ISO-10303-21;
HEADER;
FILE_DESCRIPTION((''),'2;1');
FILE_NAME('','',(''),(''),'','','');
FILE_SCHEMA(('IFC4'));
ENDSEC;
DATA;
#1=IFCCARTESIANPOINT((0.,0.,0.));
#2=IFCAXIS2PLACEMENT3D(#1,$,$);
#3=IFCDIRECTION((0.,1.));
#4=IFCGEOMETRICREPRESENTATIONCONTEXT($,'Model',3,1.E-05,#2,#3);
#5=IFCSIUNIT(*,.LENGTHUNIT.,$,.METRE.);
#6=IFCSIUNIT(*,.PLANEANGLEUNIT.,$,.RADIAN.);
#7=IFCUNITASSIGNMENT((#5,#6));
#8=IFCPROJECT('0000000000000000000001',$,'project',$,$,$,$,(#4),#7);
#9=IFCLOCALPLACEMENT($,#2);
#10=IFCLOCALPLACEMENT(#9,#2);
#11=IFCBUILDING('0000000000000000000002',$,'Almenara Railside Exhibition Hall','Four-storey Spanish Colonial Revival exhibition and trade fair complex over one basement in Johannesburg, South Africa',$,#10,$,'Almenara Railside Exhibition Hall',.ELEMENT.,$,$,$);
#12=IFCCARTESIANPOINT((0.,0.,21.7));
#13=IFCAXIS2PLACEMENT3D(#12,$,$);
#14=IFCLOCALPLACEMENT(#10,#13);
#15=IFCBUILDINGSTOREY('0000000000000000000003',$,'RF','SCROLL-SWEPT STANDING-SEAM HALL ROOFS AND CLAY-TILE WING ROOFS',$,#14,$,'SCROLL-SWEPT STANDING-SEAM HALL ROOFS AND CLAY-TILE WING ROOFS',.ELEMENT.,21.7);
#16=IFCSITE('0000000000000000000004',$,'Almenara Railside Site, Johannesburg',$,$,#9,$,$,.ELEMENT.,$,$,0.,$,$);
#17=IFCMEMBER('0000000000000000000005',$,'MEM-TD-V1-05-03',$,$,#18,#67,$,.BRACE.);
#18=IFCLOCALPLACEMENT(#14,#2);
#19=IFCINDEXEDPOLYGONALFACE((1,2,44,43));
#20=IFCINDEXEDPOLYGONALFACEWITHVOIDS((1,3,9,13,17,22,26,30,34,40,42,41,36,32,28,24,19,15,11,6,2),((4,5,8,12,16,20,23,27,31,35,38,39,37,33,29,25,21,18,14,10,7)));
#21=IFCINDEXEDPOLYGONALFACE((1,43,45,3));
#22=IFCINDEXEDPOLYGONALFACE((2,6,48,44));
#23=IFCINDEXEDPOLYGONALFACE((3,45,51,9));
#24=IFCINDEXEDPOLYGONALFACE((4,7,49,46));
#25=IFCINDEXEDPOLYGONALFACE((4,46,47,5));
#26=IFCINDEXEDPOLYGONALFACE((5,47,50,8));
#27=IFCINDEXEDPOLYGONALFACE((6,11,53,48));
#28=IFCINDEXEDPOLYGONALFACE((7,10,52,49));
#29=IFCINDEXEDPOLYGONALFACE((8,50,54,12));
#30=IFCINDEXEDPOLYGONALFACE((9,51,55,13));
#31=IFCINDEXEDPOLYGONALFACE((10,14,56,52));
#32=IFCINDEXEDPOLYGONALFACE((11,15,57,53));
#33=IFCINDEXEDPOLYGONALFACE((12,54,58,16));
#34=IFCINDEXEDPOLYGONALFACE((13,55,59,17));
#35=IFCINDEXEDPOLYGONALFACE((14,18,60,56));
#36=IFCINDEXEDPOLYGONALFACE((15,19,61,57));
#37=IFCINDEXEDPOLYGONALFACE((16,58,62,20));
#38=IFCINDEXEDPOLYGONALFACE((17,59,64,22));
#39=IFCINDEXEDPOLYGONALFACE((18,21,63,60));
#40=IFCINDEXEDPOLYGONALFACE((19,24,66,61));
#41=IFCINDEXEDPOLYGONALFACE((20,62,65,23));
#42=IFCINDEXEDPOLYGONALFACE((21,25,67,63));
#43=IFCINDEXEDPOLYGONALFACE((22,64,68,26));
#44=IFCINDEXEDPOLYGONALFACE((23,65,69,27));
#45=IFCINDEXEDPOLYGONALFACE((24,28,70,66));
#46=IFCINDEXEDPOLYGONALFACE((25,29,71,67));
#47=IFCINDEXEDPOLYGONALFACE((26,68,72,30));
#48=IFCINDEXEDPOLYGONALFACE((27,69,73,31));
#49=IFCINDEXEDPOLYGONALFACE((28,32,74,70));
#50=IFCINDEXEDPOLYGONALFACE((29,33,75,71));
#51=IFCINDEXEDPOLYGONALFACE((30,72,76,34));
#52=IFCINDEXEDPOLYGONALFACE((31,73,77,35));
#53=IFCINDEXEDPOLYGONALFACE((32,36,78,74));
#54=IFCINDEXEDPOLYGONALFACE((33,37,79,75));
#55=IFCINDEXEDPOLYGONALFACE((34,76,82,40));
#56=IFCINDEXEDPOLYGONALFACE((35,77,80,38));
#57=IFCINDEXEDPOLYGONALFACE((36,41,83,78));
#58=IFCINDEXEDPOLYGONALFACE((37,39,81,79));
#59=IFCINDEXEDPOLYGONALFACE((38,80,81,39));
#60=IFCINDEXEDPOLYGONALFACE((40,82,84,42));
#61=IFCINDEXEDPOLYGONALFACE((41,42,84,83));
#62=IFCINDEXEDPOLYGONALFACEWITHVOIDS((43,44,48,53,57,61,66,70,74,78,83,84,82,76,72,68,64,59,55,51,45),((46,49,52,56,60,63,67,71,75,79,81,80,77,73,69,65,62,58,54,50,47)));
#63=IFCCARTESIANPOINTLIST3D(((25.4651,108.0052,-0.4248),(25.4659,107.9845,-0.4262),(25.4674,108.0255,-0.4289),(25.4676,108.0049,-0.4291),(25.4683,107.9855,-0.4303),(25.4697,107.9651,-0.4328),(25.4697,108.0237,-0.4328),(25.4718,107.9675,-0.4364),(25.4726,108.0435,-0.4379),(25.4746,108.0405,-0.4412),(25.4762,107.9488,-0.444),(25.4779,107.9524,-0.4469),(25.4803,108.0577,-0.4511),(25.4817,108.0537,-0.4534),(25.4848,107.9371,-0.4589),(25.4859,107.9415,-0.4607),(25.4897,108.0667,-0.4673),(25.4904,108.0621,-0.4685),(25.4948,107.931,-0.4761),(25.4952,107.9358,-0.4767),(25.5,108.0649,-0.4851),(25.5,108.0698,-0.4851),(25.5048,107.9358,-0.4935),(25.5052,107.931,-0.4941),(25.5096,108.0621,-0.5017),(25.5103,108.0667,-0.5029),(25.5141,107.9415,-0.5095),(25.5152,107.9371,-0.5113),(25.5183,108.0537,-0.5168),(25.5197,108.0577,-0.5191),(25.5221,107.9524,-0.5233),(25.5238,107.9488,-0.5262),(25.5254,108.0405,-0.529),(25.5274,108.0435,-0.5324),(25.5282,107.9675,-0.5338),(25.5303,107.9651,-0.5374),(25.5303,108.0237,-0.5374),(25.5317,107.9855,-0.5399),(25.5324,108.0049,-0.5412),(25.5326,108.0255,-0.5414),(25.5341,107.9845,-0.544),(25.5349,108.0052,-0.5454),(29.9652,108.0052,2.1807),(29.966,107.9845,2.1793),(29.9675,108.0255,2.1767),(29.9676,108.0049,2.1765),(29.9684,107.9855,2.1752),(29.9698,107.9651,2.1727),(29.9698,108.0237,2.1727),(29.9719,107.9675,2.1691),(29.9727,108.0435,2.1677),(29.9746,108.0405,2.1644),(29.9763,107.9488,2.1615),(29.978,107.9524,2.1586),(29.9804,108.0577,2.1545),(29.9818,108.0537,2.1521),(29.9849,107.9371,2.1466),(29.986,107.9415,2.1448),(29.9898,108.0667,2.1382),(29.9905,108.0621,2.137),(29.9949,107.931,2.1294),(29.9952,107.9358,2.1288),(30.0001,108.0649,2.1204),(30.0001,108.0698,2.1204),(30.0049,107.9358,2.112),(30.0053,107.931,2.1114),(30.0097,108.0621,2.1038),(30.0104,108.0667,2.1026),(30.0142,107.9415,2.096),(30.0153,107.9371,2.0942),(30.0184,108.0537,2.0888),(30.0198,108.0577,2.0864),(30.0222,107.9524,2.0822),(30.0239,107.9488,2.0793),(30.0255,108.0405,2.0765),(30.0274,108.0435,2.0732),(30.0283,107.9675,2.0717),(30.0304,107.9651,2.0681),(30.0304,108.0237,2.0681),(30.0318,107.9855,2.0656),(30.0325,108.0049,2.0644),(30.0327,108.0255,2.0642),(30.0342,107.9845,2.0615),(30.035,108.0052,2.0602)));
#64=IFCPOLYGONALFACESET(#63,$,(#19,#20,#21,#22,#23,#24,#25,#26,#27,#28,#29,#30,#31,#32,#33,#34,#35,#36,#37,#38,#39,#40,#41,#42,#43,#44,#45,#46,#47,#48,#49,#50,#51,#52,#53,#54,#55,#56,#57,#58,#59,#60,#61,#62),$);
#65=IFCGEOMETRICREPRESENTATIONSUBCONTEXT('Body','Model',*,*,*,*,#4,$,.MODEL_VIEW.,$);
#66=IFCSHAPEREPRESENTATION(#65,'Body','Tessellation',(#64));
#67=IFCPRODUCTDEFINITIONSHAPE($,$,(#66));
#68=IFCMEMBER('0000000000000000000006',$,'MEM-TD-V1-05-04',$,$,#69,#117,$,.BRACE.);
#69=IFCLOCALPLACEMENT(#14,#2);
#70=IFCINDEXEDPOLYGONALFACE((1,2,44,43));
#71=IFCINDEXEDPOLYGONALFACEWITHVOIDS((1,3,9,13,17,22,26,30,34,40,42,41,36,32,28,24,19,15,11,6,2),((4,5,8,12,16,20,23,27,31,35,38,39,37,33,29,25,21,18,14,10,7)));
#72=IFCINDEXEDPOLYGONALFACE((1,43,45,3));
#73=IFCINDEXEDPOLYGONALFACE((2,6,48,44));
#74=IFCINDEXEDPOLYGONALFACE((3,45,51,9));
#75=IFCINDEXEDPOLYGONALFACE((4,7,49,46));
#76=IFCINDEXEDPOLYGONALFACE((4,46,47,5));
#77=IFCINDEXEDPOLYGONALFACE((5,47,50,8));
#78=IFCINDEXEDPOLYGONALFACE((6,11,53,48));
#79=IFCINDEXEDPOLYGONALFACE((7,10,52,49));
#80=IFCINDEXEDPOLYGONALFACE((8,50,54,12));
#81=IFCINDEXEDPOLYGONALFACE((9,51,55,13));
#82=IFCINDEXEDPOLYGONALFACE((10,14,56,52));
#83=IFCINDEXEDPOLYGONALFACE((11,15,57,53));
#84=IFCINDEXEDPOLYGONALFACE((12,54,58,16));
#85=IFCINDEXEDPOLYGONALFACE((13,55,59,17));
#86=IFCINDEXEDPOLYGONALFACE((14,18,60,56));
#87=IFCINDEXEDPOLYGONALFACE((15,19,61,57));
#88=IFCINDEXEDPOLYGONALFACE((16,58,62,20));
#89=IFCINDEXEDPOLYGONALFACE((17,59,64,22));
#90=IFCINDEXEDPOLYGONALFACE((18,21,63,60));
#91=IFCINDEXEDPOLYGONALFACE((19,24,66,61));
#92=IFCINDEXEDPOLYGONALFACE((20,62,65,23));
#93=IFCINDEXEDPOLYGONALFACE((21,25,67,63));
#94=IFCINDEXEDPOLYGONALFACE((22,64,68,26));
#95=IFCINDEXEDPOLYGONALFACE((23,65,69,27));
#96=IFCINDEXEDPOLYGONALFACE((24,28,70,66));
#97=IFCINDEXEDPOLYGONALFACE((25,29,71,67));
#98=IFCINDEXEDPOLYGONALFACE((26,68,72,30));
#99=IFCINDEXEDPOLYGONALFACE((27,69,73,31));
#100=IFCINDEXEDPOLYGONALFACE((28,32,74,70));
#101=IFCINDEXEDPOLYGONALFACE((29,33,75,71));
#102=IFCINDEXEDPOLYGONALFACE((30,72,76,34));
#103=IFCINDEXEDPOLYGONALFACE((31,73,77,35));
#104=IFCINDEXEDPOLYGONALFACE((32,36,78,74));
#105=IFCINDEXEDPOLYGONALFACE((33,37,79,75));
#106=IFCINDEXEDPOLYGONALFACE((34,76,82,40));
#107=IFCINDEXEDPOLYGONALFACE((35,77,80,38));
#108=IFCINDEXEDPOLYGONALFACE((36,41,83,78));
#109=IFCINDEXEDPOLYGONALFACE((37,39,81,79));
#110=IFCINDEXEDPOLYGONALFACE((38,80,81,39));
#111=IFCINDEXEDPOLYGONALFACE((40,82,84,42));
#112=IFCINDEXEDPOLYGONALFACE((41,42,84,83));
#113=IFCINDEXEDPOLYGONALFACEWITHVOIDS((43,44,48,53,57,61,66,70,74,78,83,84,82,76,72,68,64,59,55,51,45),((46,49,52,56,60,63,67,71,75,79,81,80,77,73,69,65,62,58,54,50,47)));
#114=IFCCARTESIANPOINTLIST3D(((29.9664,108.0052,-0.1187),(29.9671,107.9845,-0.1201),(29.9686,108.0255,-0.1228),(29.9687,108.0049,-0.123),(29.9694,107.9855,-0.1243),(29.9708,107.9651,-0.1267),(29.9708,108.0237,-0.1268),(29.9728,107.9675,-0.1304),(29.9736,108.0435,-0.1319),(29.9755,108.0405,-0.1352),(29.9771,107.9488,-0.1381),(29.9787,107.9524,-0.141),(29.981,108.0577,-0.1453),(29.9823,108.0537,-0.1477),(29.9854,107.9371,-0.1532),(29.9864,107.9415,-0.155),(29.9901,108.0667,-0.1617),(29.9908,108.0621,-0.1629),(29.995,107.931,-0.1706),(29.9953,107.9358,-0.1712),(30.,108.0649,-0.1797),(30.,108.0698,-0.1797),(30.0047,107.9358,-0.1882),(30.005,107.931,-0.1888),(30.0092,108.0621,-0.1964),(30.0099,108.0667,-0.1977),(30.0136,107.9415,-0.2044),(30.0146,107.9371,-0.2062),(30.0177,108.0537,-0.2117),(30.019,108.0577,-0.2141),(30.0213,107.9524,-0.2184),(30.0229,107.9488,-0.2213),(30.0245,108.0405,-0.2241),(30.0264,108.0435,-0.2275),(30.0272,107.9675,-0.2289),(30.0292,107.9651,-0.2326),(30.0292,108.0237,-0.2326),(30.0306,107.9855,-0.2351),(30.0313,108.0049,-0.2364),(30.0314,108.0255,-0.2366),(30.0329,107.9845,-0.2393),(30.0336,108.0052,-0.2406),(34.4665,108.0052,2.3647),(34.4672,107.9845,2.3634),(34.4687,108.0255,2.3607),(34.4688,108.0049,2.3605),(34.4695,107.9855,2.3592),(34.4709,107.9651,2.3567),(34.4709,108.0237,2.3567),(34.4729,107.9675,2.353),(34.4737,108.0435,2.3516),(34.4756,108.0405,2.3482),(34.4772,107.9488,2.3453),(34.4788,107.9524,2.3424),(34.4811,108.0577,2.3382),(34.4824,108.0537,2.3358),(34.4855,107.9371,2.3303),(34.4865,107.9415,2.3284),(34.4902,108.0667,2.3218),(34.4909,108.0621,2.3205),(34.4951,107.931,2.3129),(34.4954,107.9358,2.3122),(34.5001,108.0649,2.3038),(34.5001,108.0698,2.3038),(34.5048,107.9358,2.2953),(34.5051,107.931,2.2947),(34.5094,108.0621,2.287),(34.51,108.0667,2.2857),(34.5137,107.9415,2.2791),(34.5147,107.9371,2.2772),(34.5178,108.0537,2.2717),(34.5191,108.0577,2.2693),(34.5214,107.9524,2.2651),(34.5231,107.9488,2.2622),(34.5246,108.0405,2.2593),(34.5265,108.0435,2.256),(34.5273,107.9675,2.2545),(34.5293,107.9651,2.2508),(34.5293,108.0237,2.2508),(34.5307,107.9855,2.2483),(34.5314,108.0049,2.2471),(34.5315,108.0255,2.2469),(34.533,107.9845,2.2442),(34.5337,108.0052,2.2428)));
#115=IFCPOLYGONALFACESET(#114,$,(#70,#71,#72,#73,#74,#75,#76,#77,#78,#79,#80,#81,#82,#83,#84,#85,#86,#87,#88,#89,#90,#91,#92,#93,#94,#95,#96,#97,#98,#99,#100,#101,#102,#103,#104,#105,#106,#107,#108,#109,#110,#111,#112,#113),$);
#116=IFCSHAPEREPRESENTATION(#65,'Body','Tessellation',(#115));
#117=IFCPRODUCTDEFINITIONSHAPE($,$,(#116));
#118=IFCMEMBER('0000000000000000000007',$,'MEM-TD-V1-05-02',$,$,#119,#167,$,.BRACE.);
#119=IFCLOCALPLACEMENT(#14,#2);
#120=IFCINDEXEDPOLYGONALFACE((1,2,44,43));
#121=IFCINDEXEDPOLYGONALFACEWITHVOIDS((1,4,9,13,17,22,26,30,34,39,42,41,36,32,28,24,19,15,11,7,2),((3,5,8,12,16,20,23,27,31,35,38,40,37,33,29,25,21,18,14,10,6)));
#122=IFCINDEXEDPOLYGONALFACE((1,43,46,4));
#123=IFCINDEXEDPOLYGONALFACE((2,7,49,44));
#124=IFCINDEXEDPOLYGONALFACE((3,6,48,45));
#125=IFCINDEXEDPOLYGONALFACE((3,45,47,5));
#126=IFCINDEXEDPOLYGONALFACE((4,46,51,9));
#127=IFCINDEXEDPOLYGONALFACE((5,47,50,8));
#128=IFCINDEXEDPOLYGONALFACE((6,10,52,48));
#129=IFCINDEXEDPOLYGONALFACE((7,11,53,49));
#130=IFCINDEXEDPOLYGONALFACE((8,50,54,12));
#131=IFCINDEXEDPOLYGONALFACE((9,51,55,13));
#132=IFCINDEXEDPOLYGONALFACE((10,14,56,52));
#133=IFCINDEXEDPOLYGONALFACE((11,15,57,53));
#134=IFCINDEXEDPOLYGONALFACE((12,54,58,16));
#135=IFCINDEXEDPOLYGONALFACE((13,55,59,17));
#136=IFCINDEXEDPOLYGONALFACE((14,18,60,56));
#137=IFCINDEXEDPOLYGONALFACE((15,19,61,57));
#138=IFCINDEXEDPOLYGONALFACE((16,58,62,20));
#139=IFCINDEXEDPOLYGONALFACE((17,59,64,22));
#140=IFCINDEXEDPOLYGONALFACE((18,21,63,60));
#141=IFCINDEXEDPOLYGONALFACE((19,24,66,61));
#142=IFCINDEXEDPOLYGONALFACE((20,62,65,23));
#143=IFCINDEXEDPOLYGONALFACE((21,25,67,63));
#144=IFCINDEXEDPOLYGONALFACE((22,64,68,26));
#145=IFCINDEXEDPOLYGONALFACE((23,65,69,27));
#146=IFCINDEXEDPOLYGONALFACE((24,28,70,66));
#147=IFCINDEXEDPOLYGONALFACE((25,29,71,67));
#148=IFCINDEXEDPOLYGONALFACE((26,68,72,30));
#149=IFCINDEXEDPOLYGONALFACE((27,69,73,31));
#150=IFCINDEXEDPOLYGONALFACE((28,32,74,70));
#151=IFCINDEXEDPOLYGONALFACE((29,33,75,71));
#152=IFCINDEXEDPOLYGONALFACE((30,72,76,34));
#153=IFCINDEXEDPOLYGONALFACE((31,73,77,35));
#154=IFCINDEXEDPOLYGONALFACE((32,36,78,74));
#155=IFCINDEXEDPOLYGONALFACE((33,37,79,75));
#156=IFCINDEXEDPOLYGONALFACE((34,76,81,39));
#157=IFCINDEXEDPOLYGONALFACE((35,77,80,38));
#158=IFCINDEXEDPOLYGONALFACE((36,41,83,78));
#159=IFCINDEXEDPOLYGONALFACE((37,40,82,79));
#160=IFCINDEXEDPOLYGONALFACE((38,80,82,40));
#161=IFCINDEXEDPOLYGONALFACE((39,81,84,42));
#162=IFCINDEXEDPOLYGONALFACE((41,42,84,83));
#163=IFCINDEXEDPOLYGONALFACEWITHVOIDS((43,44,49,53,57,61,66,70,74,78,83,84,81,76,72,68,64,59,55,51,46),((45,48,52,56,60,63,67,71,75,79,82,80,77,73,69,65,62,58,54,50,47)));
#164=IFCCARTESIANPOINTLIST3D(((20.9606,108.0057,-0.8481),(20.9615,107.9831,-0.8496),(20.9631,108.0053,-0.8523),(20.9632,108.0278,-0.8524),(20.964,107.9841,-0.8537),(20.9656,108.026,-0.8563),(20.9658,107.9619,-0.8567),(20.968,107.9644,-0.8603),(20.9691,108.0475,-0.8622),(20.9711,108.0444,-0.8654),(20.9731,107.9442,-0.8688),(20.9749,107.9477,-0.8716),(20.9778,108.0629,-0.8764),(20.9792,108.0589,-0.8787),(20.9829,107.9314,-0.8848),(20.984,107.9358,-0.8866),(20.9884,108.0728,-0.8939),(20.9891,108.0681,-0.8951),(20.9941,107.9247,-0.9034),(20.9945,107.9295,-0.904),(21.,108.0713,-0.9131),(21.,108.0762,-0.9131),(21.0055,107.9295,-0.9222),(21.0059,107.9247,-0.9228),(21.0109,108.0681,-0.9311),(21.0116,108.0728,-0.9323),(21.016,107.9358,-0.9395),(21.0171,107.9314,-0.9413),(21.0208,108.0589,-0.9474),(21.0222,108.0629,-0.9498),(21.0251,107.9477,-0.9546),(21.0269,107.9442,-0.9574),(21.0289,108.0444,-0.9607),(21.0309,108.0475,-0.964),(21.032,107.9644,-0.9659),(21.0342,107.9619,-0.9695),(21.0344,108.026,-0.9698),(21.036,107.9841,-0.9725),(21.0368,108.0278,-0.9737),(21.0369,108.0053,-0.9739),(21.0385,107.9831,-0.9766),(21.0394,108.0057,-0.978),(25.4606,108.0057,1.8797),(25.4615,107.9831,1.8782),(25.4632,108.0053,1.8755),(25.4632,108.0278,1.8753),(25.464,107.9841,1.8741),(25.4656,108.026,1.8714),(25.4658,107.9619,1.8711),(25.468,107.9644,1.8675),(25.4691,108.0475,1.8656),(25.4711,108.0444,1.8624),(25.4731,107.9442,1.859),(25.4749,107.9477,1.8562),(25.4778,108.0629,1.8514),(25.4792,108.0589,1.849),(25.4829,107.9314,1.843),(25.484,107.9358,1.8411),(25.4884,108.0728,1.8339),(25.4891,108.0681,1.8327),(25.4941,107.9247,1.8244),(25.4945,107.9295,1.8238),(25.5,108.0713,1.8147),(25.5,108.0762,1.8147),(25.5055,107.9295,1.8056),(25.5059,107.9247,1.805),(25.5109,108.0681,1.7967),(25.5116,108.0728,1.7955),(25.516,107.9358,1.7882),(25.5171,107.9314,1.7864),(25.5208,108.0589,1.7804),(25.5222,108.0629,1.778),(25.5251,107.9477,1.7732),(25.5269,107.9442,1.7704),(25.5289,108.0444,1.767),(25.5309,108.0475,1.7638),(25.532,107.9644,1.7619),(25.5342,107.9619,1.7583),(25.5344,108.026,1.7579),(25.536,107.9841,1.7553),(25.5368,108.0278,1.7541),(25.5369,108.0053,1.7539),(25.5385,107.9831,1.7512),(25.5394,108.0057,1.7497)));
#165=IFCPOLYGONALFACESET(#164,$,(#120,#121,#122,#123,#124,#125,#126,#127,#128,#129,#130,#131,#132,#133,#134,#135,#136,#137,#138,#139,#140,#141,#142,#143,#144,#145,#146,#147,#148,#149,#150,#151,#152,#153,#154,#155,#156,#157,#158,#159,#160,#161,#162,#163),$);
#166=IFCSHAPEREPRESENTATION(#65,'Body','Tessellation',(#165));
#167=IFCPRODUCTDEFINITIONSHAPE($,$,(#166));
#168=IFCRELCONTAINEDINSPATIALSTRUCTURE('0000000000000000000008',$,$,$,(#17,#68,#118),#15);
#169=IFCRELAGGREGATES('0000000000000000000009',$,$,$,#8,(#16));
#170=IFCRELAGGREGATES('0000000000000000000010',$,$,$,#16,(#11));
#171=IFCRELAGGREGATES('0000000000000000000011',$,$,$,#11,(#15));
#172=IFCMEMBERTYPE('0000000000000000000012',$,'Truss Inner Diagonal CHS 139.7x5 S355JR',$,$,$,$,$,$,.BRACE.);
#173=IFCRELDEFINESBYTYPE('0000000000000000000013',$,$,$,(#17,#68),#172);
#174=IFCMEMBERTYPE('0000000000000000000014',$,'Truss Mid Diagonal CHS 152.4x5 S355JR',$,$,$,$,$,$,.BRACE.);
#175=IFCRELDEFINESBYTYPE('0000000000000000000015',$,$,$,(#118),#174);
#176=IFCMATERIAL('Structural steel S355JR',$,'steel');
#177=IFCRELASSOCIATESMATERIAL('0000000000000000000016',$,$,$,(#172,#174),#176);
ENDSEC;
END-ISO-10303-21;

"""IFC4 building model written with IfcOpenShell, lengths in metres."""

from ifc_helpers import new_model, si_unit, direction, frame, origin, origin_2d, place, context, subcontext, project, spatial, hollow_circle, extrude, material, material_profile, profile_set, type_object, element, save


model = new_model("IFC4")

# Units and contexts
model_context = context("Model", 3, precision=1e-05, world=origin(), true_north=direction((0.0, 1.0)))
body_context = subcontext(model_context, "Body", "Model", "MODEL_VIEW")
ifc_project = project(units=[si_unit("LENGTHUNIT", "METRE"), si_unit("PLANEANGLEUNIT", "RADIAN")], contexts=[model_context])

# Site, building, storey
site_placement = place(None, origin())
site = spatial("IfcSite", under=ifc_project, at=site_placement, Name="Almenara Railside Site, Johannesburg", CompositionType="ELEMENT", RefElevation=0.0)
building_placement = place(site_placement, origin())
building = spatial("IfcBuilding", under=site, at=building_placement, Name="Almenara Railside Exhibition Hall", Description="Four-storey Spanish Colonial Revival exhibition and trade fair complex over one basement in Johannesburg, South Africa", LongName="Almenara Railside Exhibition Hall", CompositionType="ELEMENT")
storey_placement = place(building_placement, frame((0.0, 0.0, 21.7)))
storey = spatial("IfcBuildingStorey", under=building, at=storey_placement, Name="RF", Description="SCROLL-SWEPT STANDING-SEAM HALL ROOFS AND CLAY-TILE WING ROOFS", LongName="SCROLL-SWEPT STANDING-SEAM HALL ROOFS AND CLAY-TILE WING ROOFS", CompositionType="ELEMENT", Elevation=21.7)

# Members
ifc_material_1 = material(Name="Structural steel S355JR", Category="steel")
ifc_material_profile_1 = material_profile(ifc_material_1, hollow_circle(Radius=0.0698, WallThickness=0.0049, at=origin_2d()), Name="CHS 139.7x5")
ifc_profile_set_1 = profile_set([ifc_material_profile_1], Name="Structural steel S355JR")
member_type_1 = type_object("IfcMemberType", Name="Truss Inner Diagonal CHS 139.7x5 S355JR", PredefinedType="BRACE", material=ifc_profile_set_1)
member_1_placement = place(storey_placement, frame((25.5, 108.0, -0.4851), z_axis=(0.865409, 0.0, 0.501066), x_axis=(0.0, 1.0, 0.0)))
element("IfcMember", 1, at=member_1_placement, inside=storey, type_object=member_type_1, Name="MEM-TD-V1-05-03", PredefinedType="BRACE", context=body_context, shape_type="SweptSolid", body=[
    extrude(hollow_circle(Radius=0.0698, WallThickness=0.0049, at=origin_2d()), origin(), (0.0, 0.0, 1.0), 5.2),
])
member_2_placement = place(storey_placement, frame((30.0, 108.0, -0.1797), z_axis=(0.875525, 0.0, 0.483173), x_axis=(0.0, 1.0, 0.0)))
element("IfcMember", 2, at=member_2_placement, inside=storey, type_object=member_type_1, Name="MEM-TD-V1-05-04", PredefinedType="BRACE", context=body_context, shape_type="SweptSolid", body=[
    extrude(hollow_circle(Radius=0.0698, WallThickness=0.0049, at=origin_2d()), origin(), (0.0, 0.0, 1.0), 5.1399),
])
ifc_material_profile_2 = material_profile(ifc_material_1, hollow_circle(Radius=0.0762, WallThickness=0.0049, at=origin_2d()), Name="CHS 152.4x5")
ifc_profile_set_2 = profile_set([ifc_material_profile_2], Name="Structural steel S355JR")
member_type_2 = type_object("IfcMemberType", Name="Truss Mid Diagonal CHS 152.4x5 S355JR", PredefinedType="BRACE", material=ifc_profile_set_2)
member_3_placement = place(storey_placement, frame((21.0, 108.0, -0.9131), z_axis=(0.855155, 0.0, 0.518373), x_axis=(0.0, 1.0, 0.0)))
element("IfcMember", 3, at=member_3_placement, inside=storey, type_object=member_type_2, Name="MEM-TD-V1-05-02", PredefinedType="BRACE", context=body_context, shape_type="SweptSolid", body=[
    extrude(hollow_circle(Radius=0.0762, WallThickness=0.0049, at=origin_2d()), origin(), (0.0, 0.0, 1.0), 5.2622),
])

save(model, "model.ifc")
